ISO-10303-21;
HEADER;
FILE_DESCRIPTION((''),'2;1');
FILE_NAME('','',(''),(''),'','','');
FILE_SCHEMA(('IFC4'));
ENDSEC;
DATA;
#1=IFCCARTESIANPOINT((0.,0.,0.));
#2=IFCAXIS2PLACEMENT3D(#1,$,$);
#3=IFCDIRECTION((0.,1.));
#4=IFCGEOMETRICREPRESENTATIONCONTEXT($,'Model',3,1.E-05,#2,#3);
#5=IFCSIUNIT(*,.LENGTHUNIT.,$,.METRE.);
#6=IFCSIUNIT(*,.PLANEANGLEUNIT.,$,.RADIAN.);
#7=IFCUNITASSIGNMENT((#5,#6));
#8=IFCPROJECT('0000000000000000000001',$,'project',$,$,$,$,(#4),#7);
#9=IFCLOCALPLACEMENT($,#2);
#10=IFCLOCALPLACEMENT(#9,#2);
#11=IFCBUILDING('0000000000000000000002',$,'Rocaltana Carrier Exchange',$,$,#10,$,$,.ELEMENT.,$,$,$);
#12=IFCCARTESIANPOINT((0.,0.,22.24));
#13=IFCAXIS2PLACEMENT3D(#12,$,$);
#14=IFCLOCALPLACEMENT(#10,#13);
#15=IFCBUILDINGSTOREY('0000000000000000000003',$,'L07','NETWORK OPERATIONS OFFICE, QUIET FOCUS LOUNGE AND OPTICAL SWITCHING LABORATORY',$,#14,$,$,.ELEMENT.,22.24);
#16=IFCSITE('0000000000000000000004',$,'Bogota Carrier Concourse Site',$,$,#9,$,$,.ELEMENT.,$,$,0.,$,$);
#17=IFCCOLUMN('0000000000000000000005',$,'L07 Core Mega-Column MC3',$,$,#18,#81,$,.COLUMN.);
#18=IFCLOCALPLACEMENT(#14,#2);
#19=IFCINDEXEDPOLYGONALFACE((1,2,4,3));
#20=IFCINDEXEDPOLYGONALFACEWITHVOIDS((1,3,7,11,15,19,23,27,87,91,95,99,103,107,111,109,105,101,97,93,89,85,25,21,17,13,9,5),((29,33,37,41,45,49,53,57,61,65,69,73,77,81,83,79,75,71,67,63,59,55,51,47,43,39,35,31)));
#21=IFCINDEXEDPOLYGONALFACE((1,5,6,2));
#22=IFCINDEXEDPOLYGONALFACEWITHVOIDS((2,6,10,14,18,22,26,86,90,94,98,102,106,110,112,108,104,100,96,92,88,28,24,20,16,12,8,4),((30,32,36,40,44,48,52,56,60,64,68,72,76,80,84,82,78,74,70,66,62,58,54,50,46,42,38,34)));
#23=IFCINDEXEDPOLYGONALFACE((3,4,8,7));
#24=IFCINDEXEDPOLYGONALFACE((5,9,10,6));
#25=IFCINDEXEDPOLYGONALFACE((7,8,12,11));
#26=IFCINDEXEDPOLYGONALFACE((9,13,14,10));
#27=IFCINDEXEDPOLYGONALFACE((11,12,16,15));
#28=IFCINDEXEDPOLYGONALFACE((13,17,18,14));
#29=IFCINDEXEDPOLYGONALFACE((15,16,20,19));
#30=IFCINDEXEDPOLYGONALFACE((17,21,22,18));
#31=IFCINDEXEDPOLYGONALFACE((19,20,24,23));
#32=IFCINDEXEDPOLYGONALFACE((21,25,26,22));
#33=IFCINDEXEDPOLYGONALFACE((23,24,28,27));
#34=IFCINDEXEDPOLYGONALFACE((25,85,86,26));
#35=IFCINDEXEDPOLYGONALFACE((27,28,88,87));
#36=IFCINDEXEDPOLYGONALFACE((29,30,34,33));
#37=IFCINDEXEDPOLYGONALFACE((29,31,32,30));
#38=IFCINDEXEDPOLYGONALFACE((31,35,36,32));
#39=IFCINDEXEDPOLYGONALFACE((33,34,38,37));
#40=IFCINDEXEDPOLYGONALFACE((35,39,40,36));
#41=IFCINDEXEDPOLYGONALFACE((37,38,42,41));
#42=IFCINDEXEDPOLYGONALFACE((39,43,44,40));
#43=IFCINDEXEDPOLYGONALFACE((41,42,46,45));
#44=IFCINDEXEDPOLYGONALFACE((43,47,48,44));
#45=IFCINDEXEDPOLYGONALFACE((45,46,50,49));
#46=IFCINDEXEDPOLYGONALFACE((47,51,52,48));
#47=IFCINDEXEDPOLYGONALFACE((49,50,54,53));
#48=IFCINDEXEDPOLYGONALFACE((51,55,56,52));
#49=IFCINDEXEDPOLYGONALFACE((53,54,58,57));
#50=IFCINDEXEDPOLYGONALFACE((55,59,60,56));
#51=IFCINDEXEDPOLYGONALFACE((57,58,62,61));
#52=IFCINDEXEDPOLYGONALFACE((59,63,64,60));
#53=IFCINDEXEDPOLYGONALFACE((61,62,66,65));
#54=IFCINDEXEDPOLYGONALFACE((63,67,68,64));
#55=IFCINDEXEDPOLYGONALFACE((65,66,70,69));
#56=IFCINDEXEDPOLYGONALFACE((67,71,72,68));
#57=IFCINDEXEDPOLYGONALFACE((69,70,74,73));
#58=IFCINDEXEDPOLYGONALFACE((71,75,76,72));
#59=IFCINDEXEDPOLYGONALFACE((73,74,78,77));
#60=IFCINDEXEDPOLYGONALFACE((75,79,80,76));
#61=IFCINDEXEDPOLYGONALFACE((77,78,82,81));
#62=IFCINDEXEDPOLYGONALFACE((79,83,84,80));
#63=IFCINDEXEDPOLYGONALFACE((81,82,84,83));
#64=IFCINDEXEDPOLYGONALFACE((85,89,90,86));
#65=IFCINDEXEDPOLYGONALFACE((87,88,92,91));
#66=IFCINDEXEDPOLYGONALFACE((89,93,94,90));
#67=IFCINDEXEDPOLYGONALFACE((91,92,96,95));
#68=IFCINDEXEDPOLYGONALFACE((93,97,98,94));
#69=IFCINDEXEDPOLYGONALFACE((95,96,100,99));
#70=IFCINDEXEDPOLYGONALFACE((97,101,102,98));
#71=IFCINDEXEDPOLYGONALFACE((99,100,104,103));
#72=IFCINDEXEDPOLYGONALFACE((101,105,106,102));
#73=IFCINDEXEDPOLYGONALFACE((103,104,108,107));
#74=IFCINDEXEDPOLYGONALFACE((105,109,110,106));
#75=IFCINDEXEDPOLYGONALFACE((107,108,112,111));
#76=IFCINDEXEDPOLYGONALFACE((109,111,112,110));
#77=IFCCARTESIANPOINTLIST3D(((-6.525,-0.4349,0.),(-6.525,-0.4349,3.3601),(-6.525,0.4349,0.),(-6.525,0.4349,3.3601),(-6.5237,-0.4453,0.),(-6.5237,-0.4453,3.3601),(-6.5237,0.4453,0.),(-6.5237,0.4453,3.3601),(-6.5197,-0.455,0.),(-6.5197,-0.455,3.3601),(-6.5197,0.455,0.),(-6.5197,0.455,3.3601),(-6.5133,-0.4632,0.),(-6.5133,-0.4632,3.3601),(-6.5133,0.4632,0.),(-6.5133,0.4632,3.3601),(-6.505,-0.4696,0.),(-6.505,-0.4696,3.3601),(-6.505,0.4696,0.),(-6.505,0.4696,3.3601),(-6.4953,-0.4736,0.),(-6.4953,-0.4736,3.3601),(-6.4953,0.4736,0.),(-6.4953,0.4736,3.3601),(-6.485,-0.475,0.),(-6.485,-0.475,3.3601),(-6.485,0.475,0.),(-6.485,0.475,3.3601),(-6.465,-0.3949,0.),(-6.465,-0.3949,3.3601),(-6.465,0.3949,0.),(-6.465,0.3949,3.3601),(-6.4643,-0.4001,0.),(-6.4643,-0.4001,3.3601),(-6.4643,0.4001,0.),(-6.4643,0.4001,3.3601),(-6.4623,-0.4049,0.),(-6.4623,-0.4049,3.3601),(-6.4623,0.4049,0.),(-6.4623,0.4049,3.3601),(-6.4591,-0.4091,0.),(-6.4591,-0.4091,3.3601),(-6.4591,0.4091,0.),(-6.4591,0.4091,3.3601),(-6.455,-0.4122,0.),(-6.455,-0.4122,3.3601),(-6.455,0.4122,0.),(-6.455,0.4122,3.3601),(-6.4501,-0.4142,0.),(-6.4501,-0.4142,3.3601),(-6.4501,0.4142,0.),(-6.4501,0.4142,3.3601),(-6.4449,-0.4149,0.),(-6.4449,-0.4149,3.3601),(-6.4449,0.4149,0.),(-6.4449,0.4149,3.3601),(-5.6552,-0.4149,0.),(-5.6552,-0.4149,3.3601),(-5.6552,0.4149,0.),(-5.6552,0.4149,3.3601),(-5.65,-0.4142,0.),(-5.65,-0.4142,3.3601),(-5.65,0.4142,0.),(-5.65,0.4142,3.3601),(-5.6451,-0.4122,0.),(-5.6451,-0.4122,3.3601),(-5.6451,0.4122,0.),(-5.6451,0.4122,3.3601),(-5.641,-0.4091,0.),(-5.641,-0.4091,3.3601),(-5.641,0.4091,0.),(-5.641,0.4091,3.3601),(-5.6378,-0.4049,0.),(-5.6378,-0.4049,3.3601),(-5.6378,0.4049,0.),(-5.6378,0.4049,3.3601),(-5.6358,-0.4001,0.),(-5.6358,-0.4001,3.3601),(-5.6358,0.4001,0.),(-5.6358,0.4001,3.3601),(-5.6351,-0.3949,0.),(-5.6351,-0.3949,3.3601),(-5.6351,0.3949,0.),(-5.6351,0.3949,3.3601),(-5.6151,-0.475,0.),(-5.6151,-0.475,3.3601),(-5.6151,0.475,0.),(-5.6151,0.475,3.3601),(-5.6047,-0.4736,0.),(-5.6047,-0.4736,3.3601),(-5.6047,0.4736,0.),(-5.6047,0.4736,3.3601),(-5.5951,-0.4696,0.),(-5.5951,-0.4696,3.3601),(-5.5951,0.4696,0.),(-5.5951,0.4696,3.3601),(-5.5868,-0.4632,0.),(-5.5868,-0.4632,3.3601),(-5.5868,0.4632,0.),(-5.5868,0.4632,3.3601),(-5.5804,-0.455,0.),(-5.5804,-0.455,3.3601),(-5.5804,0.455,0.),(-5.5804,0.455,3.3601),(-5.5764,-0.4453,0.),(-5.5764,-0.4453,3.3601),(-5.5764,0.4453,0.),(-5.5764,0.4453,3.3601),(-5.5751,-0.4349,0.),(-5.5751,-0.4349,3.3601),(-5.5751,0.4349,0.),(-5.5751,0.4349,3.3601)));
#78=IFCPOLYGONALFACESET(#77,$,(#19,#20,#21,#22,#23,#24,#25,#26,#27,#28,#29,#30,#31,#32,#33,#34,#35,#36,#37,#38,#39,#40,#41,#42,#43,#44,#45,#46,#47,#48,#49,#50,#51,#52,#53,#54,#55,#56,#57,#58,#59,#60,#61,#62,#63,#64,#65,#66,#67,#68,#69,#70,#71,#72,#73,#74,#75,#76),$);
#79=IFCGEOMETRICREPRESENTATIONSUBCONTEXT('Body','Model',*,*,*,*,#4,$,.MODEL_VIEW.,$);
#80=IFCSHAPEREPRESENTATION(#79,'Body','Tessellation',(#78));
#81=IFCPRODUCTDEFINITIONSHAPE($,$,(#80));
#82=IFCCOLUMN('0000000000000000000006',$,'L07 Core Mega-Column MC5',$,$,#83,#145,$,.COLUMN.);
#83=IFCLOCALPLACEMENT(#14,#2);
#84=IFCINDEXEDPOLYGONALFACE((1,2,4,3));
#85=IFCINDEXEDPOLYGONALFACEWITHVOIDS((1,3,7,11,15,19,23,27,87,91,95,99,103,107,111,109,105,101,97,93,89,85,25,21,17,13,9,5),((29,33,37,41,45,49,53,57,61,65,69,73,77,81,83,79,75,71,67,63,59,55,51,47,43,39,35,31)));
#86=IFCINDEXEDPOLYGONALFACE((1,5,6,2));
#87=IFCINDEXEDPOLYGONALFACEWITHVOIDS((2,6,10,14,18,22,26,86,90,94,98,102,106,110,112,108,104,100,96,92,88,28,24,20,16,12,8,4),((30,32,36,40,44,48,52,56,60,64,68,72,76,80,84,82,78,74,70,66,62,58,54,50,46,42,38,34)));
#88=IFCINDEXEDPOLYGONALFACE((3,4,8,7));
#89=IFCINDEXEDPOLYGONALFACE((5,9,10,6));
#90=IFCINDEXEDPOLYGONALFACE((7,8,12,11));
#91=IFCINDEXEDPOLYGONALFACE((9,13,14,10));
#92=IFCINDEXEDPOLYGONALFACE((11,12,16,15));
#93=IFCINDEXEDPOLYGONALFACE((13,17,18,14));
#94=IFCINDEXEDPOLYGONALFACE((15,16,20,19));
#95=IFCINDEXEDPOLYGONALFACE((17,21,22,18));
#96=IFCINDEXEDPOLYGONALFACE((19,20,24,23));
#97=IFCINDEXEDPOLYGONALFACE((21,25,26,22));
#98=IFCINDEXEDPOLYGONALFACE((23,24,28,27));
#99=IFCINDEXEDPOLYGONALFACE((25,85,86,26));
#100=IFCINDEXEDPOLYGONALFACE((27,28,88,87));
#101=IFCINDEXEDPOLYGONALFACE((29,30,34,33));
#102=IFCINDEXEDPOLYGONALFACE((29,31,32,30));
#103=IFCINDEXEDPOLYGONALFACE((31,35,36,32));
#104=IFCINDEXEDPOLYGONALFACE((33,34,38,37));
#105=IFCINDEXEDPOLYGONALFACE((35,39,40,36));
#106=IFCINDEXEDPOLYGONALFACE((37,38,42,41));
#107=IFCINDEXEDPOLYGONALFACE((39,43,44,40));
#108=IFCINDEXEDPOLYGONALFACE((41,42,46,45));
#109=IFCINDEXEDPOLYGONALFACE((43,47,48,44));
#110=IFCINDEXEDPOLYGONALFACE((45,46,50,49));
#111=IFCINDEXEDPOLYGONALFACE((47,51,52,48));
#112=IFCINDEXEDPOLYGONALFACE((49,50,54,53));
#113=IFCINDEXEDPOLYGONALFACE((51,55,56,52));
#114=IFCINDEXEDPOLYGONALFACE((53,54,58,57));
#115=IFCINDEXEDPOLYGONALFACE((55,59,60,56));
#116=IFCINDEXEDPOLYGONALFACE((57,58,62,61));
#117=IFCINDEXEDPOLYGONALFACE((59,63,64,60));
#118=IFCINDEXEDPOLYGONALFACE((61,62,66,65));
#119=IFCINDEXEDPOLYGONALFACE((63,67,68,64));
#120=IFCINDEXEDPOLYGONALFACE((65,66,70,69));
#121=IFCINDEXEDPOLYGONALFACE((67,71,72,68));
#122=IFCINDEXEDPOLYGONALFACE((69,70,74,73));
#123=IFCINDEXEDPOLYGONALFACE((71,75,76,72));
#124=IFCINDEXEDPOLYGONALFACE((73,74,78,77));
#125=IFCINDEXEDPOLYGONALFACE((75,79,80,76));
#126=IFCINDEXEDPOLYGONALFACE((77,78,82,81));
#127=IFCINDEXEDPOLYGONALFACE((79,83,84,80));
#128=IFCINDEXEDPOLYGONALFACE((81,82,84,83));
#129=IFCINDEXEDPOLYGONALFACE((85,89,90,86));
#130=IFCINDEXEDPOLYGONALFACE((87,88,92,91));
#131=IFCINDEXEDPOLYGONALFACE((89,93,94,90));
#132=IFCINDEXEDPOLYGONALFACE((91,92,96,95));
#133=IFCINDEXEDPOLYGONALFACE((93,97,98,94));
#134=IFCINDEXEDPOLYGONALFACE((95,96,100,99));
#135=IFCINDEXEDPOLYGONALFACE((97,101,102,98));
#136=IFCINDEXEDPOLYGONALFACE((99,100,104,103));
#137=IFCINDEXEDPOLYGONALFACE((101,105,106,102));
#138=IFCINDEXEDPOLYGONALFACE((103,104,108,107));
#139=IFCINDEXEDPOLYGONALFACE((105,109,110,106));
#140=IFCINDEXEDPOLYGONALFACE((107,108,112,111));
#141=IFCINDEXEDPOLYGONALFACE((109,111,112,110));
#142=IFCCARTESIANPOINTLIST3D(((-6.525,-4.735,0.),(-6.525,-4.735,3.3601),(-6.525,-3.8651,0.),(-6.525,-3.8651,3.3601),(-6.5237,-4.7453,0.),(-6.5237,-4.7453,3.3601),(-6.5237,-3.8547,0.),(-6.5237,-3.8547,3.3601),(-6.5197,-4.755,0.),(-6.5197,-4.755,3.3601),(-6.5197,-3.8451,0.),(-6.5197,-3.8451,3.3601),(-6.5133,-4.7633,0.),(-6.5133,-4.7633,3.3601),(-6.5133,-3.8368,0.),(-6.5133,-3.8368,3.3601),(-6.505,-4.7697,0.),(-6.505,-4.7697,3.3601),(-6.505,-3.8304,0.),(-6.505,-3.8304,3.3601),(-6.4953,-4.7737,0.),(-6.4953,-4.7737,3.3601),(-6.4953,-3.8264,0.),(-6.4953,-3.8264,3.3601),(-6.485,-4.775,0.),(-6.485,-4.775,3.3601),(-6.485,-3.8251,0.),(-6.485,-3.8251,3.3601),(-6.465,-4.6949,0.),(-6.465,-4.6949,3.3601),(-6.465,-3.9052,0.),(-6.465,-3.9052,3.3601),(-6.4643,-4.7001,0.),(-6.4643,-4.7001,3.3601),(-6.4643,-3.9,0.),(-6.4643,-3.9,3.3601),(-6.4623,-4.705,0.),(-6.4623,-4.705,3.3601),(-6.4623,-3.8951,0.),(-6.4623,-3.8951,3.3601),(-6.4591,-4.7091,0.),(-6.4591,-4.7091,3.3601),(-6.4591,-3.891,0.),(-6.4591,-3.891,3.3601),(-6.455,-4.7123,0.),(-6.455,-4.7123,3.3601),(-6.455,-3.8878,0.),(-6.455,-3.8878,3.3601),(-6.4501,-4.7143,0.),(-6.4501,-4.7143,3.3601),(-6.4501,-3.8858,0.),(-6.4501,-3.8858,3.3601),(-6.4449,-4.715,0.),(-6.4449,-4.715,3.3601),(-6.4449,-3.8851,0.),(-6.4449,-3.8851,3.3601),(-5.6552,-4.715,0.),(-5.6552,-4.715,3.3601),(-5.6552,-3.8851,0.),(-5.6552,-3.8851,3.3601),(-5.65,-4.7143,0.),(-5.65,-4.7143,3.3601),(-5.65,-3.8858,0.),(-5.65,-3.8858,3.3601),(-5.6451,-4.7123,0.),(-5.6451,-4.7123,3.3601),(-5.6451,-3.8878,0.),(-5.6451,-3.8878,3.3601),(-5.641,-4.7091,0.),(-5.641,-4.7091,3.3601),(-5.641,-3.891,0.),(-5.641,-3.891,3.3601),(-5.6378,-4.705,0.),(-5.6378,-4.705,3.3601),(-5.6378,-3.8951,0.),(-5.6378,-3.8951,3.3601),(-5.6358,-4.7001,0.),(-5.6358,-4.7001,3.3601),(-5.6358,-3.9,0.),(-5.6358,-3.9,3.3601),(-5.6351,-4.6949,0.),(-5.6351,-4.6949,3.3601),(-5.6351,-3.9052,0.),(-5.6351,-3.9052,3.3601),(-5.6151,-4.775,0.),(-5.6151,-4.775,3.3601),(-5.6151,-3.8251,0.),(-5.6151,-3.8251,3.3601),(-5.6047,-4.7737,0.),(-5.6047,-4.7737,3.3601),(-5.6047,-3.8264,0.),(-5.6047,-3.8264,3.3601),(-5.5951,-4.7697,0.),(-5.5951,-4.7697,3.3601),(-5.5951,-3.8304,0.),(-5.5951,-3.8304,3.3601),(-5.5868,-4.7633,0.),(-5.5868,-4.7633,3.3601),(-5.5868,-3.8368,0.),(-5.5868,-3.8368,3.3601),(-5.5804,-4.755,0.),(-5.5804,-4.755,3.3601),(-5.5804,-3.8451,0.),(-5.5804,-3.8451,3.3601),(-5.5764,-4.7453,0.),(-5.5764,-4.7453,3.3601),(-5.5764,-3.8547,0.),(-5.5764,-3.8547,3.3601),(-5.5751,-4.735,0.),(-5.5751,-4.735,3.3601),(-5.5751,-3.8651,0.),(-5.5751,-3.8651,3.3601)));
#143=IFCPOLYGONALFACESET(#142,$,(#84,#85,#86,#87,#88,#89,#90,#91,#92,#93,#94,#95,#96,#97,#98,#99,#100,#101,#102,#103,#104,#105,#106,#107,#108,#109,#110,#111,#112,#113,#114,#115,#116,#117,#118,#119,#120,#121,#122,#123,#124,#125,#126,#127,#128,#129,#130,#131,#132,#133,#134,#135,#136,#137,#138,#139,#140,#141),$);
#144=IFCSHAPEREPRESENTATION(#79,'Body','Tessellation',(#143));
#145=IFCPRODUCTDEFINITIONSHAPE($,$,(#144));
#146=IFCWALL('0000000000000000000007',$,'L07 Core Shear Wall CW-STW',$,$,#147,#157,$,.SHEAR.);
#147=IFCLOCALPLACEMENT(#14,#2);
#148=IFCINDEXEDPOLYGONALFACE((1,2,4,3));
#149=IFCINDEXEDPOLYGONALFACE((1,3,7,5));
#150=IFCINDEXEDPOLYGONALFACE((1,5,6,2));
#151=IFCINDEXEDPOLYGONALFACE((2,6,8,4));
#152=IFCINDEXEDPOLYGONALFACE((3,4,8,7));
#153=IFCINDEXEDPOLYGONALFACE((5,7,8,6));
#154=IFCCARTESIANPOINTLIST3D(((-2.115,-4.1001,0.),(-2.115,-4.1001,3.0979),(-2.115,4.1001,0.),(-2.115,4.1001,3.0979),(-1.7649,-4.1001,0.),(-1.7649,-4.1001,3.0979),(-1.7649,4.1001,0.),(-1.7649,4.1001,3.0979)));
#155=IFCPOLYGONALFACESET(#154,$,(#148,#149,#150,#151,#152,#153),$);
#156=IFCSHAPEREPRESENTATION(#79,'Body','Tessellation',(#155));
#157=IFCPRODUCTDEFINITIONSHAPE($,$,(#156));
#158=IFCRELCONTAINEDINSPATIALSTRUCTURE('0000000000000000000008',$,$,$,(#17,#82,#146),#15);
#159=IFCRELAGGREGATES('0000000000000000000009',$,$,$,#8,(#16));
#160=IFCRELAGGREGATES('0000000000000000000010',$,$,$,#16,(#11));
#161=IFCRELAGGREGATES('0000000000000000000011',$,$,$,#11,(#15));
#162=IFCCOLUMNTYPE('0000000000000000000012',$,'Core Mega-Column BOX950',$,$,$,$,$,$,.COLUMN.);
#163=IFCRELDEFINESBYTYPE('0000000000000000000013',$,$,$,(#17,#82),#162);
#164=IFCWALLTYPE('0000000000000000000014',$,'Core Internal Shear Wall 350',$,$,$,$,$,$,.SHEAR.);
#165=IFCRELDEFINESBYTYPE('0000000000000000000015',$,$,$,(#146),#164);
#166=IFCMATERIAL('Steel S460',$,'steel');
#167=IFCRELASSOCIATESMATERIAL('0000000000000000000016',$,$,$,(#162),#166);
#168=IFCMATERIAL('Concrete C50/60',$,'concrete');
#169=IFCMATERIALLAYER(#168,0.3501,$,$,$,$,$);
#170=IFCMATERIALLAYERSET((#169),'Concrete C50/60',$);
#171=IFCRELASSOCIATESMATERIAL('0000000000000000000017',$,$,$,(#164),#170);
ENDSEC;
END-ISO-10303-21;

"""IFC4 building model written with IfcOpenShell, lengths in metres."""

from ifc_helpers import new_model, si_unit, direction, frame, frame_2d, origin, origin_2d, place, context, subcontext, project, spatial, rectangle, hollow_rectangle, extrude, material, layer, layer_set, material_profile, profile_set, type_object, element, save


model = new_model("IFC4")

# Units and contexts
model_context = context("Model", 3, precision=1e-05, world=origin(), true_north=direction((0.0, 1.0)))
body_context = subcontext(model_context, "Body", "Model", "MODEL_VIEW")
ifc_project = project(units=[si_unit("LENGTHUNIT", "METRE"), si_unit("PLANEANGLEUNIT", "RADIAN")], contexts=[model_context])

# Site, building, storey
site_placement = place(None, origin())
site = spatial("IfcSite", under=ifc_project, at=site_placement, Name="Bogota Carrier Concourse Site", CompositionType="ELEMENT", RefElevation=0.0)
building_placement = place(site_placement, origin())
building = spatial("IfcBuilding", under=site, at=building_placement, Name="Rocaltana Carrier Exchange", CompositionType="ELEMENT")
storey_placement = place(building_placement, frame((0.0, 0.0, 22.24)))
storey = spatial("IfcBuildingStorey", under=building, at=storey_placement, Name="L07", Description="NETWORK OPERATIONS OFFICE, QUIET FOCUS LOUNGE AND OPTICAL SWITCHING LABORATORY", CompositionType="ELEMENT", Elevation=22.24)

# Columns
ifc_material_1 = material(Name="Steel S460", Category="steel")
ifc_material_profile = material_profile(ifc_material_1, hollow_rectangle(XDim=0.95, YDim=0.95, WallThickness=0.0601, InnerFilletRadius=0.02, OuterFilletRadius=0.04, at=origin_2d()), Name="BOX950X950X60")
ifc_profile_set = profile_set([ifc_material_profile], Name="Steel S460")
column_type = type_object("IfcColumnType", Name="Core Mega-Column BOX950", PredefinedType="COLUMN", material=ifc_profile_set)
for number, where, z_axis, x_axis, name in (
    (1, (-6.05, 0.0, 0.0), (0.0, 0.0, 1.0), (1.0, 0.0, 0.0), "L07 Core Mega-Column MC3"),
    (2, (-6.05, -4.3, 0.0), (0.0, 0.0, 1.0), (1.0, 0.0, 0.0), "L07 Core Mega-Column MC5"),
):
    element("IfcColumn", number, at=place(storey_placement, frame(where, z_axis=z_axis, x_axis=x_axis)), inside=storey, type_object=column_type, Name=name, PredefinedType="COLUMN", context=body_context, shape_type="SweptSolid", body=[
        extrude(hollow_rectangle(XDim=0.95, YDim=0.95, WallThickness=0.0601, InnerFilletRadius=0.02, OuterFilletRadius=0.04, at=origin_2d()), origin(), (0.0, 0.0, 1.0), 3.3601),
    ])

# Wall
ifc_material_2 = material(Name="Concrete C50/60", Category="concrete")
ifc_layer_1 = layer(ifc_material_2, 0.3501)
ifc_layer_set_1 = layer_set([ifc_layer_1], Name="Concrete C50/60")
wall_type_1 = type_object("IfcWallType", Name="Core Internal Shear Wall 350", PredefinedType="SHEAR", material=ifc_layer_set_1)
wall_1_placement = place(storey_placement, frame((-1.9399, -4.1001, 0.0), z_axis=(0.0, 0.0, 1.0), x_axis=(0.0, 1.0, 0.0)))
element("IfcWall", 3, at=wall_1_placement, inside=storey, type_object=wall_type_1, Name="L07 Core Shear Wall CW-STW", PredefinedType="SHEAR", context=body_context, shape_type="SweptSolid", body=[
    extrude(rectangle(XDim=8.2002, YDim=0.3501, at=frame_2d((4.1001, 0.0))), origin(), (0.0, 0.0, 1.0), 3.0979),
])

save(model, "model.ifc")
